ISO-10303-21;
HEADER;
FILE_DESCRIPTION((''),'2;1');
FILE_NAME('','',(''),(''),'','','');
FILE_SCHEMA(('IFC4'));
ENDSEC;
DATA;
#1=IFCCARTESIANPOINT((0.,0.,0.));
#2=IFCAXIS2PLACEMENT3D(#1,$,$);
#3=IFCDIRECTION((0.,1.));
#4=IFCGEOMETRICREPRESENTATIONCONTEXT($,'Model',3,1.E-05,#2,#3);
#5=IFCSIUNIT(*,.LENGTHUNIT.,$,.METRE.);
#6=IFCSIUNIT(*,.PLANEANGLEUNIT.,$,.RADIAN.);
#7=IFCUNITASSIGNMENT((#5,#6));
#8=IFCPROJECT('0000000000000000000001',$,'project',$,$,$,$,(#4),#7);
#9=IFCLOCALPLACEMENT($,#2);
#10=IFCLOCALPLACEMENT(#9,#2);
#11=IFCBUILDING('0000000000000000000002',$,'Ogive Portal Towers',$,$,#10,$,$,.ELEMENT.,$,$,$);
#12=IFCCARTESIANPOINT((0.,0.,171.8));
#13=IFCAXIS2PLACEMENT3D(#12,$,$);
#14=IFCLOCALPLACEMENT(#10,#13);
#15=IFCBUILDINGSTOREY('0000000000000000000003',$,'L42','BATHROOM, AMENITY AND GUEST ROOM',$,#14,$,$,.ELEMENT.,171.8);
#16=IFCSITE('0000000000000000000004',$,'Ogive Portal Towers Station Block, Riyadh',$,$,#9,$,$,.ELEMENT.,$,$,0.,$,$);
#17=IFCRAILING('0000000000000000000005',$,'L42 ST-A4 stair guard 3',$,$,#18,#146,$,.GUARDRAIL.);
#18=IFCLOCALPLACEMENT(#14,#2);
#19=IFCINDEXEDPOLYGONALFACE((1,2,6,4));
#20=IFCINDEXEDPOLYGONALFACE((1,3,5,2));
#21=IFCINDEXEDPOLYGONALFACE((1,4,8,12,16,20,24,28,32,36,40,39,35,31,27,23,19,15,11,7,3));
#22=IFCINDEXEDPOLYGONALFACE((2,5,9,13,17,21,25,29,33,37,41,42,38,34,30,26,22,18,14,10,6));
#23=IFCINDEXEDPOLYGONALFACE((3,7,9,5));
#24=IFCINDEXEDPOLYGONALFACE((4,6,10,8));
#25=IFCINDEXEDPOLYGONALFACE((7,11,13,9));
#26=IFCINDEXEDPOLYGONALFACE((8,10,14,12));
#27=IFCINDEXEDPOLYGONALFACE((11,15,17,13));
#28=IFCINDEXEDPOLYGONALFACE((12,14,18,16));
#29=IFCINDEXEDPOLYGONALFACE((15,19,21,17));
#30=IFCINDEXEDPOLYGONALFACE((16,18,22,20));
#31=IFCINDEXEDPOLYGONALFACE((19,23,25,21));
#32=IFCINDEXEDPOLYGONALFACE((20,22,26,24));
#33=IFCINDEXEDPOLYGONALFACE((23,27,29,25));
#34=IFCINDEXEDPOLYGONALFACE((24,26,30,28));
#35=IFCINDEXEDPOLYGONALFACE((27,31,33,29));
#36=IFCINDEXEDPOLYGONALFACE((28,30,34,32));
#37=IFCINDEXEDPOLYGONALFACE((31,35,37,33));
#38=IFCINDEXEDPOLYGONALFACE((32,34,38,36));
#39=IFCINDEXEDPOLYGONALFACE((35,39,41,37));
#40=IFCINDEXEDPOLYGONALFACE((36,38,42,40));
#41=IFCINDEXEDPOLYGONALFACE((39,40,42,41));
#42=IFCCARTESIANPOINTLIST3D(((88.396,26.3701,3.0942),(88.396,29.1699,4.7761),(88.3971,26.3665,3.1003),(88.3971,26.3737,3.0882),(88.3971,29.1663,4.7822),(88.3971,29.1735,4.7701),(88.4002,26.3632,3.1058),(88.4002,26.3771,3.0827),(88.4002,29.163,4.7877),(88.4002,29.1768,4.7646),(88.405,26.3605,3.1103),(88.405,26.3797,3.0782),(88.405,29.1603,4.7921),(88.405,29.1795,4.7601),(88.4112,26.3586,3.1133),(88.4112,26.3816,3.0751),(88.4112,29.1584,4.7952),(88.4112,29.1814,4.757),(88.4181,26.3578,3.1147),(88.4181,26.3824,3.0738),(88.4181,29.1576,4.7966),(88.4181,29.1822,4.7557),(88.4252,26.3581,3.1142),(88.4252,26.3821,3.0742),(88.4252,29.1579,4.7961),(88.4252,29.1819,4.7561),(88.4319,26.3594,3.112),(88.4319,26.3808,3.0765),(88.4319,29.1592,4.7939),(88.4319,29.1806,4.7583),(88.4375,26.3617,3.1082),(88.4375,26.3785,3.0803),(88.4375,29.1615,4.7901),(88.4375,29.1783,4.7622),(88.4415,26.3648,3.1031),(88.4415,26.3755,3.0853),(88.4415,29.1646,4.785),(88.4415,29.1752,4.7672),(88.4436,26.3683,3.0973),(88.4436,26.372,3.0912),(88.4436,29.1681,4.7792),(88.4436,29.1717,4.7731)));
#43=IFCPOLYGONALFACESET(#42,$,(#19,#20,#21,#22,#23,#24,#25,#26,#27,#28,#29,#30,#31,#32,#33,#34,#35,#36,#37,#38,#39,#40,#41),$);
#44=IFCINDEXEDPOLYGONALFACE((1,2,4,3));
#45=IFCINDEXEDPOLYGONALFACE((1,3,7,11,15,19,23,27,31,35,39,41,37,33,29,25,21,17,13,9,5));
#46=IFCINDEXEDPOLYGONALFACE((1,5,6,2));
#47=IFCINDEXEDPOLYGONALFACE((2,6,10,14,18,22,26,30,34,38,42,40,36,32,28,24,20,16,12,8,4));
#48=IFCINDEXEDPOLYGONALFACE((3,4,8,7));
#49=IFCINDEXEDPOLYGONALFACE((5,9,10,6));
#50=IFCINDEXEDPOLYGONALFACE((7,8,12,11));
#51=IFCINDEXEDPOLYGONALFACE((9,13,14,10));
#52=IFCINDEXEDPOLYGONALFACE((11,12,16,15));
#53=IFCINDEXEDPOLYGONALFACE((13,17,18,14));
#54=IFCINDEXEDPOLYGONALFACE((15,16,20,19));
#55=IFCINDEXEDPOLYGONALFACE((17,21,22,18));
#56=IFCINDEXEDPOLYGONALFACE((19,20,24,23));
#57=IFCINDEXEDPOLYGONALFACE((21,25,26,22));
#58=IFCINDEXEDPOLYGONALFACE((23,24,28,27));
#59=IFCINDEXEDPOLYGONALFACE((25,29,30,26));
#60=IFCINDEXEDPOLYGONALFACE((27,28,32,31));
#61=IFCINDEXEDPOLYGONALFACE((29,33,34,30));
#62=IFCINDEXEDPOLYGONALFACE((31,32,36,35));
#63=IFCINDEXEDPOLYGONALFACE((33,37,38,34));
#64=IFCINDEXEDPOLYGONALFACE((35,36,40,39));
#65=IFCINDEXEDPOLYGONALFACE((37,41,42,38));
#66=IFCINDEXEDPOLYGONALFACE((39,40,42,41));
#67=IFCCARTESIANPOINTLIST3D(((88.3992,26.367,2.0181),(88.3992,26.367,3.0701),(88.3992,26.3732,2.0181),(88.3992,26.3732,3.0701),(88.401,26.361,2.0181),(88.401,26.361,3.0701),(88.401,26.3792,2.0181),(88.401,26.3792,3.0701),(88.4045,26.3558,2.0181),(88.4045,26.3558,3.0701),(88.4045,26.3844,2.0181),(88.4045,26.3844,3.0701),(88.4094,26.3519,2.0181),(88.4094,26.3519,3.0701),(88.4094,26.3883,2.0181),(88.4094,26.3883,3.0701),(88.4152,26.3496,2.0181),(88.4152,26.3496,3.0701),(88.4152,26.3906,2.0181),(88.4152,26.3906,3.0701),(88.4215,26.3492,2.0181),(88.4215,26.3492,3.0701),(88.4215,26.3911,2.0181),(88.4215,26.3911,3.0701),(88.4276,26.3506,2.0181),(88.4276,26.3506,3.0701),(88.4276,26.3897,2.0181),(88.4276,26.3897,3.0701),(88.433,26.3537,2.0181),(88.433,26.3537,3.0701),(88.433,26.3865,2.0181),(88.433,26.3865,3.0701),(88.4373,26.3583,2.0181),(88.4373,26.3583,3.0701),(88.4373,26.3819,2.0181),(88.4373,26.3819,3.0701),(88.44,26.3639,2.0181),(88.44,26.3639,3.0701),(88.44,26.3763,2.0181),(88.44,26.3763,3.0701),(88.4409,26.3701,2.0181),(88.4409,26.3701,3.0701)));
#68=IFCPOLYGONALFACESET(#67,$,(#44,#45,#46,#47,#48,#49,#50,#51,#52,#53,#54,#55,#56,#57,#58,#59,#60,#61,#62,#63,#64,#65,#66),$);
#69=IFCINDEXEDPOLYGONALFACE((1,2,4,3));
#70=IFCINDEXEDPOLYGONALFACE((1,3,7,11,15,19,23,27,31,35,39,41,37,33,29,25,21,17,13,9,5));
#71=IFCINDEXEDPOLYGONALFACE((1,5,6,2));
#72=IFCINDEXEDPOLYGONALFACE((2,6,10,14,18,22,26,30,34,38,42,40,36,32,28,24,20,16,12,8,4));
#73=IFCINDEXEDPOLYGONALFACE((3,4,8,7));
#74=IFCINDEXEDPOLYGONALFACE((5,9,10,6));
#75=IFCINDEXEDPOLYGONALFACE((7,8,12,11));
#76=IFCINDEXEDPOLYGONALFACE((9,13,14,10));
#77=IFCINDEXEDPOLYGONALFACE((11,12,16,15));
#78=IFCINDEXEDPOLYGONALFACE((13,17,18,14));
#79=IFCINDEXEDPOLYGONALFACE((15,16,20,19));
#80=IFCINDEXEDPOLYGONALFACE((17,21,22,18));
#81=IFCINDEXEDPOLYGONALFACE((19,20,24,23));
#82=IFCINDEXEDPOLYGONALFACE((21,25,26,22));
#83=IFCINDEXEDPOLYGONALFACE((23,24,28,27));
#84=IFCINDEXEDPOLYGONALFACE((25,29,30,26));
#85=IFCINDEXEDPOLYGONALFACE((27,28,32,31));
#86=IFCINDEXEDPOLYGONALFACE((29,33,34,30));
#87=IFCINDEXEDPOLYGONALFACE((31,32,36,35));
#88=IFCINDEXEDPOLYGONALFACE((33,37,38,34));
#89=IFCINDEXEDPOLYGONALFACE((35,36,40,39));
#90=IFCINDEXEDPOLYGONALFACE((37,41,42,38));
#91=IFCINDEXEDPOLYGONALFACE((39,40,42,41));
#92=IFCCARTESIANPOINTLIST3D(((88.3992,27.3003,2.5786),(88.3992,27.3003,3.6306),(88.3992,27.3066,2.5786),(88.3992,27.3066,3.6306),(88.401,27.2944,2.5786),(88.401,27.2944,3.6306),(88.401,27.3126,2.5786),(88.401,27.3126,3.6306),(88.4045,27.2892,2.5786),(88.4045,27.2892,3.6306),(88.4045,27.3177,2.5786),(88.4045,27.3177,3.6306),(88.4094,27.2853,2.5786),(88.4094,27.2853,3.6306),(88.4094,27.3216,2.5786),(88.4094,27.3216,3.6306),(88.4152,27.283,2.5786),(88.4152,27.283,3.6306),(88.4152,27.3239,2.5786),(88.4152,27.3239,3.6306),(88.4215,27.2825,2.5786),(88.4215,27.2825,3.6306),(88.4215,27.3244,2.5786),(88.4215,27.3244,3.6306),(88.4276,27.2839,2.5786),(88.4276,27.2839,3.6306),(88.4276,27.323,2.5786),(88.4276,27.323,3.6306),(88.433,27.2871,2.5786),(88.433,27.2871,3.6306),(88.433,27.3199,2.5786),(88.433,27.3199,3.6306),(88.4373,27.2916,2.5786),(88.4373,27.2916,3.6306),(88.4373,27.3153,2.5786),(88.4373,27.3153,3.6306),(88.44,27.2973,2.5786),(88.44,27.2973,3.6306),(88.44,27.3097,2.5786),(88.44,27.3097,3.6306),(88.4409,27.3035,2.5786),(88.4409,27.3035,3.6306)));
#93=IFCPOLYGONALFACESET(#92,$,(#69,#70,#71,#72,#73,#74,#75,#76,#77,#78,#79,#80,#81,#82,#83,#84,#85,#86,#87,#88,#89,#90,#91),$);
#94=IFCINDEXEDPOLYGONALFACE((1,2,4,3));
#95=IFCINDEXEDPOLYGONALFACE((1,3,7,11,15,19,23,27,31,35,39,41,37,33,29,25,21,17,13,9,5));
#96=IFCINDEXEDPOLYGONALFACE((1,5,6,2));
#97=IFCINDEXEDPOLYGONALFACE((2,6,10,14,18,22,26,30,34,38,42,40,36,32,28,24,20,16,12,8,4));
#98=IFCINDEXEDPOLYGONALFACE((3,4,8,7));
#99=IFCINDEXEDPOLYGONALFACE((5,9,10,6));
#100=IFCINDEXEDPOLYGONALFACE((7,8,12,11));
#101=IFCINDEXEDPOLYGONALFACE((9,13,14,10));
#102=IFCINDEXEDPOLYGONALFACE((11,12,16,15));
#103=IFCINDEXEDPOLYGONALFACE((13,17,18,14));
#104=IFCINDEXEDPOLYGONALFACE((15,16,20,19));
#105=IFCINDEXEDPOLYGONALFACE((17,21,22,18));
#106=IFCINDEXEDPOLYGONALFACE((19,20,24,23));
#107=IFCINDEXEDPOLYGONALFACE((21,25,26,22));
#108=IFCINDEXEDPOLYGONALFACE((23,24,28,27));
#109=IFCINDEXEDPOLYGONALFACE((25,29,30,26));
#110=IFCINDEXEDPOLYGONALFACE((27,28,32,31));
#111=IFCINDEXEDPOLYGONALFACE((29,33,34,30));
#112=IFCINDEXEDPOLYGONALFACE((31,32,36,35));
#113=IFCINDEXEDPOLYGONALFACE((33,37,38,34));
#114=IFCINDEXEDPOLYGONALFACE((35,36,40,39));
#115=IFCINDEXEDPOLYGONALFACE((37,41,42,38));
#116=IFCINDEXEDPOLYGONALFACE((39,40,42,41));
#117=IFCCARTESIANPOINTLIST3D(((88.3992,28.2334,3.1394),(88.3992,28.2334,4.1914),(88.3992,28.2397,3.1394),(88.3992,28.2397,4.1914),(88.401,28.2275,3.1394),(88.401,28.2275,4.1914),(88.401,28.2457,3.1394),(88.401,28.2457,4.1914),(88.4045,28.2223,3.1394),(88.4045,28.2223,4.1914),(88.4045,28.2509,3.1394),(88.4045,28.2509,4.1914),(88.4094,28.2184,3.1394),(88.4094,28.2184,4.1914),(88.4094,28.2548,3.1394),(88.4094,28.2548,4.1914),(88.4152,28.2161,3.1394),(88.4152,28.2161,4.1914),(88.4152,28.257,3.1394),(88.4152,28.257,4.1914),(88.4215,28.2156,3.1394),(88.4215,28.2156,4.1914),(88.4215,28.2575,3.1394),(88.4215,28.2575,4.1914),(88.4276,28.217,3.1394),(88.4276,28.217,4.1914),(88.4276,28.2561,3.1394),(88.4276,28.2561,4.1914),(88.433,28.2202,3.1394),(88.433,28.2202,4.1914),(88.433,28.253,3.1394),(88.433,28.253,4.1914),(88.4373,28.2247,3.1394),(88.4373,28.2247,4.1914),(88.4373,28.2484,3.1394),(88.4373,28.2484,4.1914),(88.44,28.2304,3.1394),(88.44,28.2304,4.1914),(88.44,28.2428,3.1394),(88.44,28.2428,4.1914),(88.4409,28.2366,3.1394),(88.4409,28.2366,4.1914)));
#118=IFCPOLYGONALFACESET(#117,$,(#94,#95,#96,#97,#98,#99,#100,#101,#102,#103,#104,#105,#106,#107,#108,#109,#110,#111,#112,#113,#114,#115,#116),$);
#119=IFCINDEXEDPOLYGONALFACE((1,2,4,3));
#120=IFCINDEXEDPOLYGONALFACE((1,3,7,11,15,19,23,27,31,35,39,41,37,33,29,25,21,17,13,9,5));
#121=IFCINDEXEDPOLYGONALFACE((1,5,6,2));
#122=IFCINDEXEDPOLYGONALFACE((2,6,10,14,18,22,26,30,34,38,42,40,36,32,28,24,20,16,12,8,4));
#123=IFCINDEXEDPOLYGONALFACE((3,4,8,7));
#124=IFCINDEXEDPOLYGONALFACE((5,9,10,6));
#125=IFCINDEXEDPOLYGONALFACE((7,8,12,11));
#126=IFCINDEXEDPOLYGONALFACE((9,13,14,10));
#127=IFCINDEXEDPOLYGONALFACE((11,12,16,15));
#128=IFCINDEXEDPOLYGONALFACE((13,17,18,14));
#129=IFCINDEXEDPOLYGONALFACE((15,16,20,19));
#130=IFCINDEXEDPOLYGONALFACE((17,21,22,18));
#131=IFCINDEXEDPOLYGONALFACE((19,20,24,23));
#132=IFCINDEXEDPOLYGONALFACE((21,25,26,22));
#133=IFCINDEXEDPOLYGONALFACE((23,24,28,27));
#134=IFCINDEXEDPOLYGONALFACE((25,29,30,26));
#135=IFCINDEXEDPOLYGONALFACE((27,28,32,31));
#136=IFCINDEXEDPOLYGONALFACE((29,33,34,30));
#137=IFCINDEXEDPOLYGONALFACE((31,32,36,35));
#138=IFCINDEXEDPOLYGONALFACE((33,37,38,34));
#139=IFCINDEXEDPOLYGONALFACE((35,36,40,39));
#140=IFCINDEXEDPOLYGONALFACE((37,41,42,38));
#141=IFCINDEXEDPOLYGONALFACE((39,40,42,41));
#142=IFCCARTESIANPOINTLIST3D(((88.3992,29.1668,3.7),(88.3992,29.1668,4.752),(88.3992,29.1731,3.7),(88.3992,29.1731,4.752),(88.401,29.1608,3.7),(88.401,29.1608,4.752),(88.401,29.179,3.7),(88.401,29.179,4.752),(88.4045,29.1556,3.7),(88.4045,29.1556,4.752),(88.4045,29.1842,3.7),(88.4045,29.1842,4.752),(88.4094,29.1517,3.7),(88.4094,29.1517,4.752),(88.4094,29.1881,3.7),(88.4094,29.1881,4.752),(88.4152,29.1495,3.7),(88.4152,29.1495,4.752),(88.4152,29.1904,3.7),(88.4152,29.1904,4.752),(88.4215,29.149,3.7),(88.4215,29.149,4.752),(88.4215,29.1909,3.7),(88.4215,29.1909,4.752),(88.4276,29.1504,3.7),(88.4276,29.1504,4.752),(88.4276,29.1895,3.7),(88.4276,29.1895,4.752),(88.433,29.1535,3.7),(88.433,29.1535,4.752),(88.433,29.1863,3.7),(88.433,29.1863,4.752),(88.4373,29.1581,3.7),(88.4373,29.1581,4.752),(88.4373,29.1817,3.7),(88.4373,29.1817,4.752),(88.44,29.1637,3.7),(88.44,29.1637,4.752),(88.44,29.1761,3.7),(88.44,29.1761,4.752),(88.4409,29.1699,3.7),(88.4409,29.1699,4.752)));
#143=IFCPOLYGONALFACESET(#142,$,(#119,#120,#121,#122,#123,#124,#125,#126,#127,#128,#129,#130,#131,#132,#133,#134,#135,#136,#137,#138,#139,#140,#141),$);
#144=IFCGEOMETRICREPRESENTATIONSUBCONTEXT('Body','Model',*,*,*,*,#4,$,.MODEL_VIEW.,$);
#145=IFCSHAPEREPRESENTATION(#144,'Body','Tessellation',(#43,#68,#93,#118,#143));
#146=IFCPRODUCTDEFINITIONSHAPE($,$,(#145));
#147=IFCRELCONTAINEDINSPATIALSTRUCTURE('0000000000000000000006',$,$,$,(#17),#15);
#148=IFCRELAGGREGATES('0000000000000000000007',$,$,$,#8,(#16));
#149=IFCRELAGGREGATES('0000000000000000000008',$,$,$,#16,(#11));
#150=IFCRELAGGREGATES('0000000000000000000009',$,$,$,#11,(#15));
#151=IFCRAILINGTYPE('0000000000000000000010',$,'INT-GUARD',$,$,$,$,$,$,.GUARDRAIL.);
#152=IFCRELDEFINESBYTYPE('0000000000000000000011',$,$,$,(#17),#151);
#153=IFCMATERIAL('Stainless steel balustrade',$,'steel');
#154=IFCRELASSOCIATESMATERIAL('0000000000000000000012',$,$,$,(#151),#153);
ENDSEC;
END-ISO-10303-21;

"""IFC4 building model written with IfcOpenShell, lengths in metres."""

from ifc_helpers import new_model, si_unit, direction, frame, origin, origin_2d, place, context, subcontext, project, spatial, circle, extrude, material, type_object, element, save


model = new_model("IFC4")

# Units and contexts
model_context = context("Model", 3, precision=1e-05, world=origin(), true_north=direction((0.0, 1.0)))
body_context = subcontext(model_context, "Body", "Model", "MODEL_VIEW")
ifc_project = project(units=[si_unit("LENGTHUNIT", "METRE"), si_unit("PLANEANGLEUNIT", "RADIAN")], contexts=[model_context])

# Site, building, storey
site_placement = place(None, origin())
site = spatial("IfcSite", under=ifc_project, at=site_placement, Name="Ogive Portal Towers Station Block, Riyadh", CompositionType="ELEMENT", RefElevation=0.0)
building_placement = place(site_placement, origin())
building = spatial("IfcBuilding", under=site, at=building_placement, Name="Ogive Portal Towers", CompositionType="ELEMENT")
storey_placement = place(building_placement, frame((0.0, 0.0, 171.8)))
storey = spatial("IfcBuildingStorey", under=building, at=storey_placement, Name="L42", Description="BATHROOM, AMENITY AND GUEST ROOM", CompositionType="ELEMENT", Elevation=171.8)

# Railing
ifc_material_1 = material(Name="Stainless steel balustrade", Category="steel")
railing_type_1 = type_object("IfcRailingType", Name="INT-GUARD", PredefinedType="GUARDRAIL", material=ifc_material_1)
railing_1_placement = place(storey_placement, frame((88.4199, 26.3701, 2.0181)))
element("IfcRailing", 1, at=railing_1_placement, inside=storey, type_object=railing_type_1, Name="L42 ST-A4 stair guard 3", PredefinedType="GUARDRAIL", context=body_context, shape_type="SweptSolid", body=[
    extrude(circle(Radius=0.0239, at=origin_2d()), frame((0.0, 0.0, 1.0762), z_axis=(0.0, 0.857222, 0.514946), x_axis=(-1.0, 0.0, 0.0)), (0.0, 0.0, 1.0), 3.2661),
    extrude(circle(Radius=0.021, at=origin_2d()), origin(), (0.0, 0.0, 1.0), 1.052),
    extrude(circle(Radius=0.021, at=origin_2d()), frame((0.0, 0.9333, 0.5605)), (0.0, 0.0, 1.0), 1.052),
    extrude(circle(Radius=0.021, at=origin_2d()), frame((0.0, 1.8665, 1.1213)), (0.0, 0.0, 1.0), 1.052),
    extrude(circle(Radius=0.021, at=origin_2d()), frame((0.0, 2.7998, 1.6819)), (0.0, 0.0, 1.0), 1.052),
])

save(model, "model.ifc")
